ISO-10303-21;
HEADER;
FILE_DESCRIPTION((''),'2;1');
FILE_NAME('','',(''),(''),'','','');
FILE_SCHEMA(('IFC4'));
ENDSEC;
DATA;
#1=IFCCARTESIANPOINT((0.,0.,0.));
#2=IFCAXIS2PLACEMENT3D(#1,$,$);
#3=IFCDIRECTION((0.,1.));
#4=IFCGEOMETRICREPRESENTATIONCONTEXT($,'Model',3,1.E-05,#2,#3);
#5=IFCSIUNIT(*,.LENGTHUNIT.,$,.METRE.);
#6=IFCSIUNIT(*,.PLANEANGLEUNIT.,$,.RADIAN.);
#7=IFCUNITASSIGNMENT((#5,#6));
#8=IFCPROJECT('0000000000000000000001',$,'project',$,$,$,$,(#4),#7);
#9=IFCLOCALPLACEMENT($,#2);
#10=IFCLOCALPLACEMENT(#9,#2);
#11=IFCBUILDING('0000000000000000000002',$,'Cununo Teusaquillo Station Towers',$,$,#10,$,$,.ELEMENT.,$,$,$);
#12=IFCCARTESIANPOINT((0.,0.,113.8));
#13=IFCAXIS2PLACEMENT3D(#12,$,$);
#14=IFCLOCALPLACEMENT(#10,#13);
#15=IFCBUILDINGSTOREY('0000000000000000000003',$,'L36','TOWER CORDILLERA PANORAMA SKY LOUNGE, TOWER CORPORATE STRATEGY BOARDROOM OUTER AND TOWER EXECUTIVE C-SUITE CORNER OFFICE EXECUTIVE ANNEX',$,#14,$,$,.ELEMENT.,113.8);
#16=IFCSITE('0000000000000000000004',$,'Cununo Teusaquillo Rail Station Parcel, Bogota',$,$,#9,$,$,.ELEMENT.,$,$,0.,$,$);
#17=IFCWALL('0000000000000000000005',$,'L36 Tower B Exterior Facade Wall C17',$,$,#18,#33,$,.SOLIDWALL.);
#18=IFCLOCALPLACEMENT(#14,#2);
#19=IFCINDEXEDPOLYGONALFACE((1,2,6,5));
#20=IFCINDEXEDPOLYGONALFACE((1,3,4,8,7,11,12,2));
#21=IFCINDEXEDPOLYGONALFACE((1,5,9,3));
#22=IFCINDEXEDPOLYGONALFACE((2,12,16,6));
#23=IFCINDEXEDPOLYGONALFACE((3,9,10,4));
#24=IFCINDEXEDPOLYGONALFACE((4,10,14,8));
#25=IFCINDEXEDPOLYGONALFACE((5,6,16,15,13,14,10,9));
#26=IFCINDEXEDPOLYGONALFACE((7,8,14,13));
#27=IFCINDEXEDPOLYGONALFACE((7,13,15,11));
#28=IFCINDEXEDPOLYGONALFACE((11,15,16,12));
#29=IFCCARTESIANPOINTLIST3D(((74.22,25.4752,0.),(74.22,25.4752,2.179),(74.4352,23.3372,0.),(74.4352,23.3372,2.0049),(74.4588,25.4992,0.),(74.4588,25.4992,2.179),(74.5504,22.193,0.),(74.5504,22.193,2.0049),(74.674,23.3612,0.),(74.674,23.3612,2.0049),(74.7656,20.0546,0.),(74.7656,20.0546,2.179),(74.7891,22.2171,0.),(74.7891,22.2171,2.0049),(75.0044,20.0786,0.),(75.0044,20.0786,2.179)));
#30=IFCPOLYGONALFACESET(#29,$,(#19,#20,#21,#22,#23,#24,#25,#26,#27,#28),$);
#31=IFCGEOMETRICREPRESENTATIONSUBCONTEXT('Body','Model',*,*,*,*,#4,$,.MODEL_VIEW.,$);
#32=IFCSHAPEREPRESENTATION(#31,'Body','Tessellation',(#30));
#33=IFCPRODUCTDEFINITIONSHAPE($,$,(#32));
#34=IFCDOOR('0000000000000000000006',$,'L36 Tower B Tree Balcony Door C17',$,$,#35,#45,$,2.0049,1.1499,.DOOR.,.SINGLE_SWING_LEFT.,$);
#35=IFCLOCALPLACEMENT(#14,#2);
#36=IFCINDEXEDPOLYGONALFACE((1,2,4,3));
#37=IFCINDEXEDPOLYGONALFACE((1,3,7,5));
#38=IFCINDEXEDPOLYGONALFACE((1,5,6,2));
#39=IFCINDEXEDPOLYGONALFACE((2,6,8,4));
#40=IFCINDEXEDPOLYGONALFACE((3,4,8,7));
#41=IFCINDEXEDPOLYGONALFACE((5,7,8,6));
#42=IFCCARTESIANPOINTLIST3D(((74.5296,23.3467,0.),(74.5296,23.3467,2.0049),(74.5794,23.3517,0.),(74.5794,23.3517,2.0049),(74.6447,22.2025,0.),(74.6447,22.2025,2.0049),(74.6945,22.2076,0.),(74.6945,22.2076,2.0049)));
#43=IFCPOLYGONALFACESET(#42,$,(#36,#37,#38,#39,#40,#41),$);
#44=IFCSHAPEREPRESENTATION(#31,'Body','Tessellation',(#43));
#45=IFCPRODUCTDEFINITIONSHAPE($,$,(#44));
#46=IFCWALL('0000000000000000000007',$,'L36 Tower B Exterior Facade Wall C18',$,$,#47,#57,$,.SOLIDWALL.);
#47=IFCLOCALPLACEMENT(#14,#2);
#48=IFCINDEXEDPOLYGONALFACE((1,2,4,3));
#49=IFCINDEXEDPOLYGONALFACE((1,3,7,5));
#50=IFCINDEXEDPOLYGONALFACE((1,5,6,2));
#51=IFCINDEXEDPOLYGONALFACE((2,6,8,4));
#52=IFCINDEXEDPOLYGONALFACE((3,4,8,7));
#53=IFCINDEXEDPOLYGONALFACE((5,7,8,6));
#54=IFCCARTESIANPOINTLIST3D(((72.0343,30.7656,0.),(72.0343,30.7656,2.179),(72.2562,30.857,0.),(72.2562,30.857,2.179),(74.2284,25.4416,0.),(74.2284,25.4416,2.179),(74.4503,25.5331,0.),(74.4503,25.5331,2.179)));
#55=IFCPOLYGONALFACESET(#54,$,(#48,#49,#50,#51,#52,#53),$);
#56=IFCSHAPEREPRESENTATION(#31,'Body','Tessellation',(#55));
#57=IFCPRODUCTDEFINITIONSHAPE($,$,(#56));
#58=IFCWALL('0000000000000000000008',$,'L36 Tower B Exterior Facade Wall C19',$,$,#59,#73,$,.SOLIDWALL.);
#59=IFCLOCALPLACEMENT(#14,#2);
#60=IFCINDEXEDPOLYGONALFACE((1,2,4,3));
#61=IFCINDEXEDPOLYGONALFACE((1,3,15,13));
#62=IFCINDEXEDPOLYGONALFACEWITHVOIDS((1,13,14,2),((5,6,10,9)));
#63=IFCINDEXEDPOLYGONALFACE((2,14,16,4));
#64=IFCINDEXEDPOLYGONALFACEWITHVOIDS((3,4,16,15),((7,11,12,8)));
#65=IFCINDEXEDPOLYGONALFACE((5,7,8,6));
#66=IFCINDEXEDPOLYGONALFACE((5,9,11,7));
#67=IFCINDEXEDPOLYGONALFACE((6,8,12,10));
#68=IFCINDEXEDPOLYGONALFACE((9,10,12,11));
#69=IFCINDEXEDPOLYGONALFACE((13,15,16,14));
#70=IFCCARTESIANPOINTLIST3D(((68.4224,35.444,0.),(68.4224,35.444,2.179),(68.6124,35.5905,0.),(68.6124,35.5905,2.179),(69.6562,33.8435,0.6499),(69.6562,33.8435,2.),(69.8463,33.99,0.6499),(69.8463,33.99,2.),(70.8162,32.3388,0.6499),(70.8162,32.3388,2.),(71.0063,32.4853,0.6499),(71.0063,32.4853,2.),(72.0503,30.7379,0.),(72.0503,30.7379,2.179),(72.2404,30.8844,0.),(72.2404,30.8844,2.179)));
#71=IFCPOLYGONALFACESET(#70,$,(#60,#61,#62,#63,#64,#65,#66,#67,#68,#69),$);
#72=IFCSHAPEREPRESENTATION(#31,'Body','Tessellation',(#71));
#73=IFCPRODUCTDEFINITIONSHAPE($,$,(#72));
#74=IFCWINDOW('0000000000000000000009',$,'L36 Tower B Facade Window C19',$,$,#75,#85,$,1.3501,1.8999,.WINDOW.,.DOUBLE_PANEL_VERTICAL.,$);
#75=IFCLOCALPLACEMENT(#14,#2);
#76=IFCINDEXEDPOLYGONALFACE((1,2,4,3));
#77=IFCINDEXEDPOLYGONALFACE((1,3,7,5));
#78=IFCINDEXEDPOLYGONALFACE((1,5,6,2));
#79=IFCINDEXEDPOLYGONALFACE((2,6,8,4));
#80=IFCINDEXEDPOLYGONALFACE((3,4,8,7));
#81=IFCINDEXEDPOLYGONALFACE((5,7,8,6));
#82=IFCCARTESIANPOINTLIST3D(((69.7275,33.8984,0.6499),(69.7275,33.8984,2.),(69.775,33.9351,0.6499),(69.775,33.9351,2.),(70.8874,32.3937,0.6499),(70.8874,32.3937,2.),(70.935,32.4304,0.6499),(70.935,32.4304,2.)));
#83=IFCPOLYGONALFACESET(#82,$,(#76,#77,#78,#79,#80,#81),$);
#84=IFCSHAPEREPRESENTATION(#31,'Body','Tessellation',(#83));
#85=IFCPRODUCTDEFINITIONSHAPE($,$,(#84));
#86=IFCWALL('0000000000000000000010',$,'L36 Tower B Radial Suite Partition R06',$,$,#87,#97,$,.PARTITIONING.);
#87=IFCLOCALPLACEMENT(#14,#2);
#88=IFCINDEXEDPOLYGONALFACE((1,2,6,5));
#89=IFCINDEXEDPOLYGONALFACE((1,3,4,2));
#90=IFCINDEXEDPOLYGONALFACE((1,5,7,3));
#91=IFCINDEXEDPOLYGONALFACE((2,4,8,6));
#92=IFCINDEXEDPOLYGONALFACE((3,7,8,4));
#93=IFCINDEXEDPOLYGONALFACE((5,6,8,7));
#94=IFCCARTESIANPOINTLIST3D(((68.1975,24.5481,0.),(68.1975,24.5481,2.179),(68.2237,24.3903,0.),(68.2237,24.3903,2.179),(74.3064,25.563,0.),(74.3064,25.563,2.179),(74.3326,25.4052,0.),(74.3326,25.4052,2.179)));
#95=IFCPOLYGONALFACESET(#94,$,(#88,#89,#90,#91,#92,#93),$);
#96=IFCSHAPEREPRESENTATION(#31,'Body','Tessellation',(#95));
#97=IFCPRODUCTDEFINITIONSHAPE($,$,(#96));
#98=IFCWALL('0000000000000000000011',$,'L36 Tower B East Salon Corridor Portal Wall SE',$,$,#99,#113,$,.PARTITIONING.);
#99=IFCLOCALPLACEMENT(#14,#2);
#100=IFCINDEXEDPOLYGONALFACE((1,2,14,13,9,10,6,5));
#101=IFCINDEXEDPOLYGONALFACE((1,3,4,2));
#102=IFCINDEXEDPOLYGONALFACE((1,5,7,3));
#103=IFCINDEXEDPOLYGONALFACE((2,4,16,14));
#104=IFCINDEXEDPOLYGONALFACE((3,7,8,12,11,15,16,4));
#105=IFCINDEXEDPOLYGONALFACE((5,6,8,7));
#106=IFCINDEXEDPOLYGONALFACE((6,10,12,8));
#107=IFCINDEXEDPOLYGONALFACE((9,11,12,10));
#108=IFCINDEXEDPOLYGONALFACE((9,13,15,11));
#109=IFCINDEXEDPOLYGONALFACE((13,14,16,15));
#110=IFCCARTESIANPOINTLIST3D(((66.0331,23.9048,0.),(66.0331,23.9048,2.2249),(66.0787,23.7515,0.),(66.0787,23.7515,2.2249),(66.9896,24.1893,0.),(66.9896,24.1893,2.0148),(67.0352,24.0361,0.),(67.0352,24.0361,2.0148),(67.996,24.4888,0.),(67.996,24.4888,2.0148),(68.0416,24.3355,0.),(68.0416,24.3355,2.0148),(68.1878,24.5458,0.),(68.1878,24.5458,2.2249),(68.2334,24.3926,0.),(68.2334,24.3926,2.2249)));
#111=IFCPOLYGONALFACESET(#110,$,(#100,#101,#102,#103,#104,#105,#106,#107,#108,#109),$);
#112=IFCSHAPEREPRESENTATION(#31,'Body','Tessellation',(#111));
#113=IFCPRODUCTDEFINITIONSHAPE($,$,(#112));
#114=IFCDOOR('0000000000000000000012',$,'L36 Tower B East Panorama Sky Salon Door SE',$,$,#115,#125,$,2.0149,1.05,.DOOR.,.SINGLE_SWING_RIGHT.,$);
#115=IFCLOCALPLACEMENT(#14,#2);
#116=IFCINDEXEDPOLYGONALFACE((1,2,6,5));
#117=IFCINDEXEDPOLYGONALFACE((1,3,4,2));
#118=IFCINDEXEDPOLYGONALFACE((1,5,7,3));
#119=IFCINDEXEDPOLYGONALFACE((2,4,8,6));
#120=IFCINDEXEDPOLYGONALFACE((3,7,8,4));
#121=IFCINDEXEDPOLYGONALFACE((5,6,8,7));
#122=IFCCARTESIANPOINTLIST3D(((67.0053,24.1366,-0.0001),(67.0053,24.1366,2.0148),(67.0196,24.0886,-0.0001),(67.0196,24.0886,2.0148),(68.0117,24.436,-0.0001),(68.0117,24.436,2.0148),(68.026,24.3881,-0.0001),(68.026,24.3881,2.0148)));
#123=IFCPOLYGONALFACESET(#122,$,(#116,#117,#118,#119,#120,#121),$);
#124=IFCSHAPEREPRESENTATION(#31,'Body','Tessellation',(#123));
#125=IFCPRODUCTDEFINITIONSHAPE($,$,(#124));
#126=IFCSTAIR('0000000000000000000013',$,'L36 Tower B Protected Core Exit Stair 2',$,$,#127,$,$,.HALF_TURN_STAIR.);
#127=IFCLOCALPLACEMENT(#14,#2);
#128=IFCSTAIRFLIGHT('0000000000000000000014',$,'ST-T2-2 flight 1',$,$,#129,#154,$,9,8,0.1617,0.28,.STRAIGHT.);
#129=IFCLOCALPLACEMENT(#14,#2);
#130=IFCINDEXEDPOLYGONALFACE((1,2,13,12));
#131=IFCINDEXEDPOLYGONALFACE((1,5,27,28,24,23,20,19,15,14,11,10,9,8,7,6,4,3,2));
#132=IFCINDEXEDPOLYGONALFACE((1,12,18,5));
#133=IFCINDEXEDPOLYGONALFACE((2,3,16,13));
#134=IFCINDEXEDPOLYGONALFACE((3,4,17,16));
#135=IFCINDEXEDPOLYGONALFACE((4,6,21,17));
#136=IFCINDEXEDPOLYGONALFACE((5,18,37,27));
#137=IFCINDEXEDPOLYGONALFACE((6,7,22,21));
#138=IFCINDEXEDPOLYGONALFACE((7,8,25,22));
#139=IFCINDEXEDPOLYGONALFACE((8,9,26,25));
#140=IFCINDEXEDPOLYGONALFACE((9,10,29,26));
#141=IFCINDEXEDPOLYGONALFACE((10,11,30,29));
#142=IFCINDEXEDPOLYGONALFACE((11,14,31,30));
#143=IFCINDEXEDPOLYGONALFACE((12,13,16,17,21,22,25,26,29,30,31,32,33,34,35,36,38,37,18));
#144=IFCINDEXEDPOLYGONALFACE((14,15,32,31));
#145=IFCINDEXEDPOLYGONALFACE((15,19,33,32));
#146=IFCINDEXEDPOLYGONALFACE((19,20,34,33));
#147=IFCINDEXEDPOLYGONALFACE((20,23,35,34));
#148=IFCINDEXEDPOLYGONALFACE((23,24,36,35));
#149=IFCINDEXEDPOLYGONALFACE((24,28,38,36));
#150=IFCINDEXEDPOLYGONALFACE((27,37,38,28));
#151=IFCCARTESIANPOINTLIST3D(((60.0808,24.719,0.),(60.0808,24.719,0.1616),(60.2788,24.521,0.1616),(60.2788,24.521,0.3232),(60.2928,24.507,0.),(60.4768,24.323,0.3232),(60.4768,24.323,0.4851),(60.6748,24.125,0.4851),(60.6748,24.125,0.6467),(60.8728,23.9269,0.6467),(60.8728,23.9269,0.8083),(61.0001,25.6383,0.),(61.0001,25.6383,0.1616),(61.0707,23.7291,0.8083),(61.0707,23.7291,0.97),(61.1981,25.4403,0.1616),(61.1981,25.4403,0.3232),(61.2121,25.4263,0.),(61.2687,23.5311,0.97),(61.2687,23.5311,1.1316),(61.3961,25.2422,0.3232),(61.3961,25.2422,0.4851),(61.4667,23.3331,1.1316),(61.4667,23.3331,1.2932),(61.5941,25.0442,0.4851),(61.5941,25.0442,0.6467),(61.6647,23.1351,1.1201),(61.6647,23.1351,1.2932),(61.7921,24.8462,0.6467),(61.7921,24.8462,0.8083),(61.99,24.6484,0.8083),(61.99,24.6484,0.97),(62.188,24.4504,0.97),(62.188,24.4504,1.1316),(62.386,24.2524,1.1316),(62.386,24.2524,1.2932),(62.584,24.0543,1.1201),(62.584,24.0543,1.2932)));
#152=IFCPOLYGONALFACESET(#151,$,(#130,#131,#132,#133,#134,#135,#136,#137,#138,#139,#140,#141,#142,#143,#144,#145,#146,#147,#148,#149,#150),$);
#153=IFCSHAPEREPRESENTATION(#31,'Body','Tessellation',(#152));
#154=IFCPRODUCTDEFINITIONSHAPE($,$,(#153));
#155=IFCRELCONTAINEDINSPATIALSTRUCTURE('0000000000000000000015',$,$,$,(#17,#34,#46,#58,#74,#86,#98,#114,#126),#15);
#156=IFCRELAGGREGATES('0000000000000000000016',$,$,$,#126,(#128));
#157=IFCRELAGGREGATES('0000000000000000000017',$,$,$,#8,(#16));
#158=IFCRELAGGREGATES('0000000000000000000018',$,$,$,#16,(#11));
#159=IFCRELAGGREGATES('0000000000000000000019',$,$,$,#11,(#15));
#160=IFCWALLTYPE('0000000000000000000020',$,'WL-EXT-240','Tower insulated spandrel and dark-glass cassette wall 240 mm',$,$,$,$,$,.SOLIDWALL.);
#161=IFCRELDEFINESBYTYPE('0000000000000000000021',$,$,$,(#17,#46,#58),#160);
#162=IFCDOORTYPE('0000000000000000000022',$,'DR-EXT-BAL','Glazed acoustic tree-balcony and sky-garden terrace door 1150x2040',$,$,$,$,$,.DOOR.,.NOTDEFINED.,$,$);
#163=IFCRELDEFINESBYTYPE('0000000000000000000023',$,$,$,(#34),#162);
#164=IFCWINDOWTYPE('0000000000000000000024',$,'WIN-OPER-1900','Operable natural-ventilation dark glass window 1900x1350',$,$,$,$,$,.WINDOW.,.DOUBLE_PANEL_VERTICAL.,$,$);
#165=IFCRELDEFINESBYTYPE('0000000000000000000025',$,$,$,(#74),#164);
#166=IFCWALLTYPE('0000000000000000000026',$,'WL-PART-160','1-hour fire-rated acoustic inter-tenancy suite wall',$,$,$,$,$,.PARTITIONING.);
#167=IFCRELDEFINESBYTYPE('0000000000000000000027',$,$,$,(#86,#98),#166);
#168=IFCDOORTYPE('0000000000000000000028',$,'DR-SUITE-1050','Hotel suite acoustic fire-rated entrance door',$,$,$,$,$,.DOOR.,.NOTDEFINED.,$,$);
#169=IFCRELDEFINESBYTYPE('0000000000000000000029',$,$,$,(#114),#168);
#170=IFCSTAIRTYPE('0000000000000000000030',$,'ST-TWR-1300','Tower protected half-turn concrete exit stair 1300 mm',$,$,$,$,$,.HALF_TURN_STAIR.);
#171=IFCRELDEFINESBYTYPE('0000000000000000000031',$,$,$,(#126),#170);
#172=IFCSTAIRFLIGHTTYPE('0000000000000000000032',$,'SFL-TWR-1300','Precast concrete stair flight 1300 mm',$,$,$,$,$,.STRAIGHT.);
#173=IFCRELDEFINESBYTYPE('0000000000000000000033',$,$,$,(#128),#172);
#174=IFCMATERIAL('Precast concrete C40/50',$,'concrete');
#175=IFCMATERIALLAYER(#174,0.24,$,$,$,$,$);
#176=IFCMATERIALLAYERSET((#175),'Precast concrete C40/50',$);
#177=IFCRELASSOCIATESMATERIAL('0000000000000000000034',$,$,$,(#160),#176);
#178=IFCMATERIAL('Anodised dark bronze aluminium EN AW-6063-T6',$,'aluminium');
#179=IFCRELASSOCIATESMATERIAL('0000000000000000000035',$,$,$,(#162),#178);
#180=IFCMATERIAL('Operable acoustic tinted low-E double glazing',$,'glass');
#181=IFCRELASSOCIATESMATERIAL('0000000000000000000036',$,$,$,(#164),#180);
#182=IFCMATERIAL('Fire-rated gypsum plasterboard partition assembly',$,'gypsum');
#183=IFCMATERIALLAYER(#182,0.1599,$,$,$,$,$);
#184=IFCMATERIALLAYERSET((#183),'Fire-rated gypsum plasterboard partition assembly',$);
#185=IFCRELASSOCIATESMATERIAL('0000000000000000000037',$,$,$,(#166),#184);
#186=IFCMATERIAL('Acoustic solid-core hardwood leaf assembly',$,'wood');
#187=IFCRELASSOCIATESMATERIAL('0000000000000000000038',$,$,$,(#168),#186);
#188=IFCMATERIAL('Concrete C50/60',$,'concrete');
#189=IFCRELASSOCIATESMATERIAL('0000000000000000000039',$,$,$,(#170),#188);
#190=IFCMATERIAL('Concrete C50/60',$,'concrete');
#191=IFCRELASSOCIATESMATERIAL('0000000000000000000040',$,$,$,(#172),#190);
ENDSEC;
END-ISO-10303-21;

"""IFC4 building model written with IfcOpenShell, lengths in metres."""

from ifc_helpers import new_model, si_unit, direction, frame, frame_2d, origin, place, context, subcontext, project, spatial, polyline, rectangle, outline, extrude, source, transform, mapped, material, layer, layer_set, type_object, element, fill, aggregate, save


model = new_model("IFC4")

# Units and contexts
model_context = context("Model", 3, precision=1e-05, world=origin(), true_north=direction((0.0, 1.0)))
body_context = subcontext(model_context, "Body", "Model", "MODEL_VIEW")
ifc_project = project(units=[si_unit("LENGTHUNIT", "METRE"), si_unit("PLANEANGLEUNIT", "RADIAN")], contexts=[model_context])

# Site, building, storey
site_placement = place(None, origin())
site = spatial("IfcSite", under=ifc_project, at=site_placement, Name="Cununo Teusaquillo Rail Station Parcel, Bogota", CompositionType="ELEMENT", RefElevation=0.0)
building_placement = place(site_placement, origin())
building = spatial("IfcBuilding", under=site, at=building_placement, Name="Cununo Teusaquillo Station Towers", CompositionType="ELEMENT")
storey_placement = place(building_placement, frame((0.0, 0.0, 113.8)))
storey = spatial("IfcBuildingStorey", under=building, at=storey_placement, Name="L36", Description="TOWER CORDILLERA PANORAMA SKY LOUNGE, TOWER CORPORATE STRATEGY BOARDROOM OUTER AND TOWER EXECUTIVE C-SUITE CORNER OFFICE EXECUTIVE ANNEX", CompositionType="ELEMENT", Elevation=113.8)

# Wall, opening, door
ifc_material_1 = material(Name="Precast concrete C40/50", Category="concrete")
ifc_layer_1 = layer(ifc_material_1, 0.24)
ifc_layer_set_1 = layer_set([ifc_layer_1], Name="Precast concrete C40/50")
wall_type_1 = type_object("IfcWallType", Name="WL-EXT-240", Description="Tower insulated spandrel and dark-glass cassette wall 240 mm", PredefinedType="SOLIDWALL", material=ifc_layer_set_1)
wall_1_placement = place(storey_placement, frame((74.3394, 25.4873, 0.0), z_axis=(0.0, 0.0, 1.0), x_axis=(0.100156, -0.994972, 0.0)))
wall_1 = element("IfcWall", 1, at=wall_1_placement, inside=storey, type_object=wall_type_1, Name="L36 Tower B Exterior Facade Wall C17", PredefinedType="SOLIDWALL", context=body_context, shape_type="SweptSolid", body=[
    extrude(rectangle(XDim=5.448, YDim=0.24, at=frame_2d((2.7241, 0.0))), origin(), (0.0, 0.0, 1.0), 2.179),
])
shared_shape_1 = source(origin(), body_context, "Body", "SweptSolid", [
    extrude(rectangle(XDim=1.1499, YDim=2.0049, at=frame_2d((0.575, 1.0024))), frame((0.0, 0.1299, 0.0), z_axis=(0.0, -1.0, 0.0), x_axis=(1.0, 0.0, 0.0)), (0.0, 0.0, 1.0), 0.26),
])
opening_1_placement = place(wall_1_placement, frame((2.1489, 0.0, 0.0)))
opening_1 = element("IfcOpeningElement", 2, at=opening_1_placement, cuts=wall_1, PredefinedType="OPENING", context=body_context, shape_type="MappedRepresentation", body=[
    mapped(shared_shape_1, transform((0.0, 0.0, 0.0), x_axis=(1.0, 0.0, 0.0), y_axis=(0.0, 1.0, 0.0), z_axis=(0.0, 0.0, 1.0), scale=1.0)),
])
ifc_material_2 = material(Name="Anodised dark bronze aluminium EN AW-6063-T6", Category="aluminium")
door_type_1 = type_object("IfcDoorType", Name="DR-EXT-BAL", Description="Glazed acoustic tree-balcony and sky-garden terrace door 1150x2040", OperationType="NOTDEFINED", PredefinedType="DOOR", material=ifc_material_2)
shared_shape_2 = source(origin(), body_context, "Body", "SweptSolid", [
    extrude(rectangle(XDim=1.1499, YDim=2.0049, at=frame_2d((0.575, 1.0024))), frame((0.0, 0.0249, 0.0), z_axis=(0.0, -1.0, 0.0), x_axis=(1.0, 0.0, 0.0)), (0.0, 0.0, 1.0), 0.05),
])
door_1_placement = place(opening_1_placement, origin())
door_1 = element("IfcDoor", 3, at=door_1_placement, inside=storey, type_object=door_type_1, Name="L36 Tower B Tree Balcony Door C17", OperationType="SINGLE_SWING_LEFT", OverallHeight=2.0049, OverallWidth=1.1499, PredefinedType="DOOR", context=body_context, shape_type="MappedRepresentation", body=[
    mapped(shared_shape_2, transform((0.0, 0.0, 0.0), x_axis=(1.0, 0.0, 0.0), y_axis=(0.0, 1.0, 0.0), z_axis=(0.0, 0.0, 1.0), scale=1.0)),
])
fill(opening_1, door_1)

# Wall
wall_2_placement = place(storey_placement, frame((72.1453, 30.8113, 0.0), z_axis=(0.0, 0.0, 1.0), x_axis=(0.381027, -0.924564, 0.0)))
element("IfcWall", 4, at=wall_2_placement, inside=storey, type_object=wall_type_1, Name="L36 Tower B Exterior Facade Wall C18", PredefinedType="SOLIDWALL", context=body_context, shape_type="SweptSolid", body=[
    extrude(rectangle(XDim=5.7583, YDim=0.24, at=frame_2d((2.8792, 0.0))), origin(), (0.0, 0.0, 1.0), 2.179),
])

# Wall, opening, window
wall_3_placement = place(storey_placement, frame((68.5173, 35.5173, 0.0), z_axis=(0.0, 0.0, 1.0), x_axis=(0.610544, -0.791982, 0.0)))
wall_3 = element("IfcWall", 5, at=wall_3_placement, inside=storey, type_object=wall_type_1, Name="L36 Tower B Exterior Facade Wall C19", PredefinedType="SOLIDWALL", context=body_context, shape_type="SweptSolid", body=[
    extrude(rectangle(XDim=5.9421, YDim=0.24, at=frame_2d((2.9712, 0.0))), origin(), (0.0, 0.0, 1.0), 2.179),
])
shared_shape_3 = source(origin(), body_context, "Body", "SweptSolid", [
    extrude(rectangle(XDim=1.8999, YDim=1.3501, at=frame_2d((0.95, 0.675))), frame((0.0, 0.1299, 0.0), z_axis=(0.0, -1.0, 0.0), x_axis=(1.0, 0.0, 0.0)), (0.0, 0.0, 1.0), 0.26),
])
opening_2_placement = place(wall_3_placement, frame((2.021, 0.0, 0.6499)))
opening_2 = element("IfcOpeningElement", 6, at=opening_2_placement, cuts=wall_3, PredefinedType="OPENING", context=body_context, shape_type="MappedRepresentation", body=[
    mapped(shared_shape_3, transform((0.0, 0.0, 0.0), x_axis=(1.0, 0.0, 0.0), y_axis=(0.0, 1.0, 0.0), z_axis=(0.0, 0.0, 1.0), scale=1.0)),
])
ifc_material_3 = material(Name="Operable acoustic tinted low-E double glazing", Category="glass")
window_type = type_object("IfcWindowType", Name="WIN-OPER-1900", Description="Operable natural-ventilation dark glass window 1900x1350", PartitioningType="DOUBLE_PANEL_VERTICAL", PredefinedType="WINDOW", material=ifc_material_3)
shared_shape_4 = source(origin(), body_context, "Body", "SweptSolid", [
    extrude(rectangle(XDim=1.8999, YDim=1.3501, at=frame_2d((0.95, 0.675))), frame((0.0, 0.03, 0.0), z_axis=(0.0, -1.0, 0.0), x_axis=(1.0, 0.0, 0.0)), (0.0, 0.0, 1.0), 0.0601),
])
window_placement = place(opening_2_placement, origin())
window = element("IfcWindow", 7, at=window_placement, inside=storey, type_object=window_type, Name="L36 Tower B Facade Window C19", OverallHeight=1.3501, OverallWidth=1.8999, PartitioningType="DOUBLE_PANEL_VERTICAL", PredefinedType="WINDOW", context=body_context, shape_type="MappedRepresentation", body=[
    mapped(shared_shape_4, transform((0.0, 0.0, 0.0), x_axis=(1.0, 0.0, 0.0), y_axis=(0.0, 1.0, 0.0), z_axis=(0.0, 0.0, 1.0), scale=1.0)),
])
fill(opening_2, window)

# Wall
ifc_material_4 = material(Name="Fire-rated gypsum plasterboard partition assembly", Category="gypsum")
ifc_layer_2 = layer(ifc_material_4, 0.1599)
ifc_layer_set_2 = layer_set([ifc_layer_2], Name="Fire-rated gypsum plasterboard partition assembly")
wall_type_2 = type_object("IfcWallType", Name="WL-PART-160", Description="1-hour fire-rated acoustic inter-tenancy suite wall", PredefinedType="PARTITIONING", material=ifc_layer_set_2)
wall_4_placement = place(storey_placement, frame((68.2107, 24.4692, 0.0), z_axis=(0.0, 0.0, 1.0), x_axis=(0.986479, 0.163888, 0.0)))
element("IfcWall", 8, at=wall_4_placement, inside=storey, type_object=wall_type_2, Name="L36 Tower B Radial Suite Partition R06", PredefinedType="PARTITIONING", context=body_context, shape_type="SweptSolid", body=[
    extrude(rectangle(XDim=6.1926, YDim=0.1599, at=frame_2d((3.0962, 0.0))), origin(), (0.0, 0.0, 1.0), 2.179),
])

# Wall, opening, door
wall_5_placement = place(storey_placement, frame((66.0559, 23.8281, 0.0), z_axis=(0.0, 0.0, 1.0), x_axis=(0.958475, 0.285175, 0.0)))
wall_5 = element("IfcWall", 9, at=wall_5_placement, inside=storey, type_object=wall_type_2, Name="L36 Tower B East Salon Corridor Portal Wall SE", PredefinedType="PARTITIONING", context=body_context, shape_type="SweptSolid", body=[
    extrude(rectangle(XDim=2.248, YDim=0.1599, at=frame_2d((1.124, 0.0))), origin(), (0.0, 0.0, 1.0), 2.2249),
])
shared_shape_5 = source(origin(), body_context, "Body", "SweptSolid", [
    extrude(rectangle(XDim=1.05, YDim=2.0149, at=frame_2d((0.5249, 1.0073))), frame((0.0, 0.0898, 0.0), z_axis=(0.0, -1.0, 0.0), x_axis=(1.0, 0.0, 0.0)), (0.0, 0.0, 1.0), 0.1799),
])
opening_3_placement = place(wall_5_placement, frame((0.998, 0.0, 0.0)))
opening_3 = element("IfcOpeningElement", 10, at=opening_3_placement, cuts=wall_5, PredefinedType="OPENING", context=body_context, shape_type="MappedRepresentation", body=[
    mapped(shared_shape_5, transform((0.0, 0.0, 0.0), x_axis=(1.0, 0.0, 0.0), y_axis=(0.0, 1.0, 0.0), z_axis=(0.0, 0.0, 1.0), scale=1.0)),
])
ifc_material_5 = material(Name="Acoustic solid-core hardwood leaf assembly", Category="wood")
door_type_2 = type_object("IfcDoorType", Name="DR-SUITE-1050", Description="Hotel suite acoustic fire-rated entrance door", OperationType="NOTDEFINED", PredefinedType="DOOR", material=ifc_material_5)
shared_shape_6 = source(origin(), body_context, "Body", "SweptSolid", [
    extrude(rectangle(XDim=1.05, YDim=2.0149, at=frame_2d((0.5249, 1.0073))), frame((0.0, 0.0249, 0.0), z_axis=(0.0, -1.0, 0.0), x_axis=(1.0, 0.0, 0.0)), (0.0, 0.0, 1.0), 0.05),
])
door_2_placement = place(opening_3_placement, origin())
door_2 = element("IfcDoor", 11, at=door_2_placement, inside=storey, type_object=door_type_2, Name="L36 Tower B East Panorama Sky Salon Door SE", OperationType="SINGLE_SWING_RIGHT", OverallHeight=2.0149, OverallWidth=1.05, PredefinedType="DOOR", context=body_context, shape_type="MappedRepresentation", body=[
    mapped(shared_shape_6, transform((0.0, 0.0, 0.0), x_axis=(1.0, 0.0, 0.0), y_axis=(0.0, 1.0, 0.0), z_axis=(0.0, 0.0, 1.0), scale=1.0)),
])
fill(opening_3, door_2)

# Stair, stair flight
ifc_material_6 = material(Name="Concrete C50/60", Category="concrete")
stair_type = type_object("IfcStairType", Name="ST-TWR-1300", Description="Tower protected half-turn concrete exit stair 1300 mm", PredefinedType="HALF_TURN_STAIR", material=ifc_material_6)
stair_placement = place(storey_placement, origin())
stair = element("IfcStair", 12, at=stair_placement, inside=storey, type_object=stair_type, Name="L36 Tower B Protected Core Exit Stair 2", PredefinedType="HALF_TURN_STAIR")
ifc_material_7 = material(Name="Concrete C50/60", Category="concrete")
stair_flight_type = type_object("IfcStairFlightType", Name="SFL-TWR-1300", Description="Precast concrete stair flight 1300 mm", PredefinedType="STRAIGHT", material=ifc_material_7)
stair_flight_1_placement = place(storey_placement, frame((60.5405, 25.1787, 0.0), z_axis=(0.0, 0.0, 1.0), x_axis=(0.707107, -0.707107, 0.0)))
stair_flight_1 = element("IfcStairFlight", 13, at=stair_flight_1_placement, type_object=stair_flight_type, Name="ST-T2-2 flight 1", NumberOfRisers=9, NumberOfTreads=8, PredefinedType="STRAIGHT", RiserHeight=0.1617, TreadLength=0.28, context=body_context, shape_type="SweptSolid", body=[
    extrude(outline(polyline([(0.0, 0.0), (0.0, 0.1616), (0.28, 0.1616), (0.28, 0.3232), (0.5601, 0.3232), (0.5601, 0.4851), (0.8401, 0.4851), (0.8401, 0.6467), (1.1201, 0.6467), (1.1201, 0.8083), (1.3999, 0.8083), (1.3999, 0.97), (1.6799, 0.97), (1.6799, 1.1316), (1.96, 1.1316), (1.96, 1.2932), (2.24, 1.2932), (2.24, 1.4551), (2.24, 1.1201), (0.2998, 0.0), (0.0, 0.0)])), frame((0.0, 0.6499, 0.0), z_axis=(0.0, -1.0, 0.0), x_axis=(1.0, 0.0, 0.0)), (0.0, 0.0, 1.0), 1.3),
])
aggregate(stair, [stair_flight_1])

save(model, "model.ifc")
